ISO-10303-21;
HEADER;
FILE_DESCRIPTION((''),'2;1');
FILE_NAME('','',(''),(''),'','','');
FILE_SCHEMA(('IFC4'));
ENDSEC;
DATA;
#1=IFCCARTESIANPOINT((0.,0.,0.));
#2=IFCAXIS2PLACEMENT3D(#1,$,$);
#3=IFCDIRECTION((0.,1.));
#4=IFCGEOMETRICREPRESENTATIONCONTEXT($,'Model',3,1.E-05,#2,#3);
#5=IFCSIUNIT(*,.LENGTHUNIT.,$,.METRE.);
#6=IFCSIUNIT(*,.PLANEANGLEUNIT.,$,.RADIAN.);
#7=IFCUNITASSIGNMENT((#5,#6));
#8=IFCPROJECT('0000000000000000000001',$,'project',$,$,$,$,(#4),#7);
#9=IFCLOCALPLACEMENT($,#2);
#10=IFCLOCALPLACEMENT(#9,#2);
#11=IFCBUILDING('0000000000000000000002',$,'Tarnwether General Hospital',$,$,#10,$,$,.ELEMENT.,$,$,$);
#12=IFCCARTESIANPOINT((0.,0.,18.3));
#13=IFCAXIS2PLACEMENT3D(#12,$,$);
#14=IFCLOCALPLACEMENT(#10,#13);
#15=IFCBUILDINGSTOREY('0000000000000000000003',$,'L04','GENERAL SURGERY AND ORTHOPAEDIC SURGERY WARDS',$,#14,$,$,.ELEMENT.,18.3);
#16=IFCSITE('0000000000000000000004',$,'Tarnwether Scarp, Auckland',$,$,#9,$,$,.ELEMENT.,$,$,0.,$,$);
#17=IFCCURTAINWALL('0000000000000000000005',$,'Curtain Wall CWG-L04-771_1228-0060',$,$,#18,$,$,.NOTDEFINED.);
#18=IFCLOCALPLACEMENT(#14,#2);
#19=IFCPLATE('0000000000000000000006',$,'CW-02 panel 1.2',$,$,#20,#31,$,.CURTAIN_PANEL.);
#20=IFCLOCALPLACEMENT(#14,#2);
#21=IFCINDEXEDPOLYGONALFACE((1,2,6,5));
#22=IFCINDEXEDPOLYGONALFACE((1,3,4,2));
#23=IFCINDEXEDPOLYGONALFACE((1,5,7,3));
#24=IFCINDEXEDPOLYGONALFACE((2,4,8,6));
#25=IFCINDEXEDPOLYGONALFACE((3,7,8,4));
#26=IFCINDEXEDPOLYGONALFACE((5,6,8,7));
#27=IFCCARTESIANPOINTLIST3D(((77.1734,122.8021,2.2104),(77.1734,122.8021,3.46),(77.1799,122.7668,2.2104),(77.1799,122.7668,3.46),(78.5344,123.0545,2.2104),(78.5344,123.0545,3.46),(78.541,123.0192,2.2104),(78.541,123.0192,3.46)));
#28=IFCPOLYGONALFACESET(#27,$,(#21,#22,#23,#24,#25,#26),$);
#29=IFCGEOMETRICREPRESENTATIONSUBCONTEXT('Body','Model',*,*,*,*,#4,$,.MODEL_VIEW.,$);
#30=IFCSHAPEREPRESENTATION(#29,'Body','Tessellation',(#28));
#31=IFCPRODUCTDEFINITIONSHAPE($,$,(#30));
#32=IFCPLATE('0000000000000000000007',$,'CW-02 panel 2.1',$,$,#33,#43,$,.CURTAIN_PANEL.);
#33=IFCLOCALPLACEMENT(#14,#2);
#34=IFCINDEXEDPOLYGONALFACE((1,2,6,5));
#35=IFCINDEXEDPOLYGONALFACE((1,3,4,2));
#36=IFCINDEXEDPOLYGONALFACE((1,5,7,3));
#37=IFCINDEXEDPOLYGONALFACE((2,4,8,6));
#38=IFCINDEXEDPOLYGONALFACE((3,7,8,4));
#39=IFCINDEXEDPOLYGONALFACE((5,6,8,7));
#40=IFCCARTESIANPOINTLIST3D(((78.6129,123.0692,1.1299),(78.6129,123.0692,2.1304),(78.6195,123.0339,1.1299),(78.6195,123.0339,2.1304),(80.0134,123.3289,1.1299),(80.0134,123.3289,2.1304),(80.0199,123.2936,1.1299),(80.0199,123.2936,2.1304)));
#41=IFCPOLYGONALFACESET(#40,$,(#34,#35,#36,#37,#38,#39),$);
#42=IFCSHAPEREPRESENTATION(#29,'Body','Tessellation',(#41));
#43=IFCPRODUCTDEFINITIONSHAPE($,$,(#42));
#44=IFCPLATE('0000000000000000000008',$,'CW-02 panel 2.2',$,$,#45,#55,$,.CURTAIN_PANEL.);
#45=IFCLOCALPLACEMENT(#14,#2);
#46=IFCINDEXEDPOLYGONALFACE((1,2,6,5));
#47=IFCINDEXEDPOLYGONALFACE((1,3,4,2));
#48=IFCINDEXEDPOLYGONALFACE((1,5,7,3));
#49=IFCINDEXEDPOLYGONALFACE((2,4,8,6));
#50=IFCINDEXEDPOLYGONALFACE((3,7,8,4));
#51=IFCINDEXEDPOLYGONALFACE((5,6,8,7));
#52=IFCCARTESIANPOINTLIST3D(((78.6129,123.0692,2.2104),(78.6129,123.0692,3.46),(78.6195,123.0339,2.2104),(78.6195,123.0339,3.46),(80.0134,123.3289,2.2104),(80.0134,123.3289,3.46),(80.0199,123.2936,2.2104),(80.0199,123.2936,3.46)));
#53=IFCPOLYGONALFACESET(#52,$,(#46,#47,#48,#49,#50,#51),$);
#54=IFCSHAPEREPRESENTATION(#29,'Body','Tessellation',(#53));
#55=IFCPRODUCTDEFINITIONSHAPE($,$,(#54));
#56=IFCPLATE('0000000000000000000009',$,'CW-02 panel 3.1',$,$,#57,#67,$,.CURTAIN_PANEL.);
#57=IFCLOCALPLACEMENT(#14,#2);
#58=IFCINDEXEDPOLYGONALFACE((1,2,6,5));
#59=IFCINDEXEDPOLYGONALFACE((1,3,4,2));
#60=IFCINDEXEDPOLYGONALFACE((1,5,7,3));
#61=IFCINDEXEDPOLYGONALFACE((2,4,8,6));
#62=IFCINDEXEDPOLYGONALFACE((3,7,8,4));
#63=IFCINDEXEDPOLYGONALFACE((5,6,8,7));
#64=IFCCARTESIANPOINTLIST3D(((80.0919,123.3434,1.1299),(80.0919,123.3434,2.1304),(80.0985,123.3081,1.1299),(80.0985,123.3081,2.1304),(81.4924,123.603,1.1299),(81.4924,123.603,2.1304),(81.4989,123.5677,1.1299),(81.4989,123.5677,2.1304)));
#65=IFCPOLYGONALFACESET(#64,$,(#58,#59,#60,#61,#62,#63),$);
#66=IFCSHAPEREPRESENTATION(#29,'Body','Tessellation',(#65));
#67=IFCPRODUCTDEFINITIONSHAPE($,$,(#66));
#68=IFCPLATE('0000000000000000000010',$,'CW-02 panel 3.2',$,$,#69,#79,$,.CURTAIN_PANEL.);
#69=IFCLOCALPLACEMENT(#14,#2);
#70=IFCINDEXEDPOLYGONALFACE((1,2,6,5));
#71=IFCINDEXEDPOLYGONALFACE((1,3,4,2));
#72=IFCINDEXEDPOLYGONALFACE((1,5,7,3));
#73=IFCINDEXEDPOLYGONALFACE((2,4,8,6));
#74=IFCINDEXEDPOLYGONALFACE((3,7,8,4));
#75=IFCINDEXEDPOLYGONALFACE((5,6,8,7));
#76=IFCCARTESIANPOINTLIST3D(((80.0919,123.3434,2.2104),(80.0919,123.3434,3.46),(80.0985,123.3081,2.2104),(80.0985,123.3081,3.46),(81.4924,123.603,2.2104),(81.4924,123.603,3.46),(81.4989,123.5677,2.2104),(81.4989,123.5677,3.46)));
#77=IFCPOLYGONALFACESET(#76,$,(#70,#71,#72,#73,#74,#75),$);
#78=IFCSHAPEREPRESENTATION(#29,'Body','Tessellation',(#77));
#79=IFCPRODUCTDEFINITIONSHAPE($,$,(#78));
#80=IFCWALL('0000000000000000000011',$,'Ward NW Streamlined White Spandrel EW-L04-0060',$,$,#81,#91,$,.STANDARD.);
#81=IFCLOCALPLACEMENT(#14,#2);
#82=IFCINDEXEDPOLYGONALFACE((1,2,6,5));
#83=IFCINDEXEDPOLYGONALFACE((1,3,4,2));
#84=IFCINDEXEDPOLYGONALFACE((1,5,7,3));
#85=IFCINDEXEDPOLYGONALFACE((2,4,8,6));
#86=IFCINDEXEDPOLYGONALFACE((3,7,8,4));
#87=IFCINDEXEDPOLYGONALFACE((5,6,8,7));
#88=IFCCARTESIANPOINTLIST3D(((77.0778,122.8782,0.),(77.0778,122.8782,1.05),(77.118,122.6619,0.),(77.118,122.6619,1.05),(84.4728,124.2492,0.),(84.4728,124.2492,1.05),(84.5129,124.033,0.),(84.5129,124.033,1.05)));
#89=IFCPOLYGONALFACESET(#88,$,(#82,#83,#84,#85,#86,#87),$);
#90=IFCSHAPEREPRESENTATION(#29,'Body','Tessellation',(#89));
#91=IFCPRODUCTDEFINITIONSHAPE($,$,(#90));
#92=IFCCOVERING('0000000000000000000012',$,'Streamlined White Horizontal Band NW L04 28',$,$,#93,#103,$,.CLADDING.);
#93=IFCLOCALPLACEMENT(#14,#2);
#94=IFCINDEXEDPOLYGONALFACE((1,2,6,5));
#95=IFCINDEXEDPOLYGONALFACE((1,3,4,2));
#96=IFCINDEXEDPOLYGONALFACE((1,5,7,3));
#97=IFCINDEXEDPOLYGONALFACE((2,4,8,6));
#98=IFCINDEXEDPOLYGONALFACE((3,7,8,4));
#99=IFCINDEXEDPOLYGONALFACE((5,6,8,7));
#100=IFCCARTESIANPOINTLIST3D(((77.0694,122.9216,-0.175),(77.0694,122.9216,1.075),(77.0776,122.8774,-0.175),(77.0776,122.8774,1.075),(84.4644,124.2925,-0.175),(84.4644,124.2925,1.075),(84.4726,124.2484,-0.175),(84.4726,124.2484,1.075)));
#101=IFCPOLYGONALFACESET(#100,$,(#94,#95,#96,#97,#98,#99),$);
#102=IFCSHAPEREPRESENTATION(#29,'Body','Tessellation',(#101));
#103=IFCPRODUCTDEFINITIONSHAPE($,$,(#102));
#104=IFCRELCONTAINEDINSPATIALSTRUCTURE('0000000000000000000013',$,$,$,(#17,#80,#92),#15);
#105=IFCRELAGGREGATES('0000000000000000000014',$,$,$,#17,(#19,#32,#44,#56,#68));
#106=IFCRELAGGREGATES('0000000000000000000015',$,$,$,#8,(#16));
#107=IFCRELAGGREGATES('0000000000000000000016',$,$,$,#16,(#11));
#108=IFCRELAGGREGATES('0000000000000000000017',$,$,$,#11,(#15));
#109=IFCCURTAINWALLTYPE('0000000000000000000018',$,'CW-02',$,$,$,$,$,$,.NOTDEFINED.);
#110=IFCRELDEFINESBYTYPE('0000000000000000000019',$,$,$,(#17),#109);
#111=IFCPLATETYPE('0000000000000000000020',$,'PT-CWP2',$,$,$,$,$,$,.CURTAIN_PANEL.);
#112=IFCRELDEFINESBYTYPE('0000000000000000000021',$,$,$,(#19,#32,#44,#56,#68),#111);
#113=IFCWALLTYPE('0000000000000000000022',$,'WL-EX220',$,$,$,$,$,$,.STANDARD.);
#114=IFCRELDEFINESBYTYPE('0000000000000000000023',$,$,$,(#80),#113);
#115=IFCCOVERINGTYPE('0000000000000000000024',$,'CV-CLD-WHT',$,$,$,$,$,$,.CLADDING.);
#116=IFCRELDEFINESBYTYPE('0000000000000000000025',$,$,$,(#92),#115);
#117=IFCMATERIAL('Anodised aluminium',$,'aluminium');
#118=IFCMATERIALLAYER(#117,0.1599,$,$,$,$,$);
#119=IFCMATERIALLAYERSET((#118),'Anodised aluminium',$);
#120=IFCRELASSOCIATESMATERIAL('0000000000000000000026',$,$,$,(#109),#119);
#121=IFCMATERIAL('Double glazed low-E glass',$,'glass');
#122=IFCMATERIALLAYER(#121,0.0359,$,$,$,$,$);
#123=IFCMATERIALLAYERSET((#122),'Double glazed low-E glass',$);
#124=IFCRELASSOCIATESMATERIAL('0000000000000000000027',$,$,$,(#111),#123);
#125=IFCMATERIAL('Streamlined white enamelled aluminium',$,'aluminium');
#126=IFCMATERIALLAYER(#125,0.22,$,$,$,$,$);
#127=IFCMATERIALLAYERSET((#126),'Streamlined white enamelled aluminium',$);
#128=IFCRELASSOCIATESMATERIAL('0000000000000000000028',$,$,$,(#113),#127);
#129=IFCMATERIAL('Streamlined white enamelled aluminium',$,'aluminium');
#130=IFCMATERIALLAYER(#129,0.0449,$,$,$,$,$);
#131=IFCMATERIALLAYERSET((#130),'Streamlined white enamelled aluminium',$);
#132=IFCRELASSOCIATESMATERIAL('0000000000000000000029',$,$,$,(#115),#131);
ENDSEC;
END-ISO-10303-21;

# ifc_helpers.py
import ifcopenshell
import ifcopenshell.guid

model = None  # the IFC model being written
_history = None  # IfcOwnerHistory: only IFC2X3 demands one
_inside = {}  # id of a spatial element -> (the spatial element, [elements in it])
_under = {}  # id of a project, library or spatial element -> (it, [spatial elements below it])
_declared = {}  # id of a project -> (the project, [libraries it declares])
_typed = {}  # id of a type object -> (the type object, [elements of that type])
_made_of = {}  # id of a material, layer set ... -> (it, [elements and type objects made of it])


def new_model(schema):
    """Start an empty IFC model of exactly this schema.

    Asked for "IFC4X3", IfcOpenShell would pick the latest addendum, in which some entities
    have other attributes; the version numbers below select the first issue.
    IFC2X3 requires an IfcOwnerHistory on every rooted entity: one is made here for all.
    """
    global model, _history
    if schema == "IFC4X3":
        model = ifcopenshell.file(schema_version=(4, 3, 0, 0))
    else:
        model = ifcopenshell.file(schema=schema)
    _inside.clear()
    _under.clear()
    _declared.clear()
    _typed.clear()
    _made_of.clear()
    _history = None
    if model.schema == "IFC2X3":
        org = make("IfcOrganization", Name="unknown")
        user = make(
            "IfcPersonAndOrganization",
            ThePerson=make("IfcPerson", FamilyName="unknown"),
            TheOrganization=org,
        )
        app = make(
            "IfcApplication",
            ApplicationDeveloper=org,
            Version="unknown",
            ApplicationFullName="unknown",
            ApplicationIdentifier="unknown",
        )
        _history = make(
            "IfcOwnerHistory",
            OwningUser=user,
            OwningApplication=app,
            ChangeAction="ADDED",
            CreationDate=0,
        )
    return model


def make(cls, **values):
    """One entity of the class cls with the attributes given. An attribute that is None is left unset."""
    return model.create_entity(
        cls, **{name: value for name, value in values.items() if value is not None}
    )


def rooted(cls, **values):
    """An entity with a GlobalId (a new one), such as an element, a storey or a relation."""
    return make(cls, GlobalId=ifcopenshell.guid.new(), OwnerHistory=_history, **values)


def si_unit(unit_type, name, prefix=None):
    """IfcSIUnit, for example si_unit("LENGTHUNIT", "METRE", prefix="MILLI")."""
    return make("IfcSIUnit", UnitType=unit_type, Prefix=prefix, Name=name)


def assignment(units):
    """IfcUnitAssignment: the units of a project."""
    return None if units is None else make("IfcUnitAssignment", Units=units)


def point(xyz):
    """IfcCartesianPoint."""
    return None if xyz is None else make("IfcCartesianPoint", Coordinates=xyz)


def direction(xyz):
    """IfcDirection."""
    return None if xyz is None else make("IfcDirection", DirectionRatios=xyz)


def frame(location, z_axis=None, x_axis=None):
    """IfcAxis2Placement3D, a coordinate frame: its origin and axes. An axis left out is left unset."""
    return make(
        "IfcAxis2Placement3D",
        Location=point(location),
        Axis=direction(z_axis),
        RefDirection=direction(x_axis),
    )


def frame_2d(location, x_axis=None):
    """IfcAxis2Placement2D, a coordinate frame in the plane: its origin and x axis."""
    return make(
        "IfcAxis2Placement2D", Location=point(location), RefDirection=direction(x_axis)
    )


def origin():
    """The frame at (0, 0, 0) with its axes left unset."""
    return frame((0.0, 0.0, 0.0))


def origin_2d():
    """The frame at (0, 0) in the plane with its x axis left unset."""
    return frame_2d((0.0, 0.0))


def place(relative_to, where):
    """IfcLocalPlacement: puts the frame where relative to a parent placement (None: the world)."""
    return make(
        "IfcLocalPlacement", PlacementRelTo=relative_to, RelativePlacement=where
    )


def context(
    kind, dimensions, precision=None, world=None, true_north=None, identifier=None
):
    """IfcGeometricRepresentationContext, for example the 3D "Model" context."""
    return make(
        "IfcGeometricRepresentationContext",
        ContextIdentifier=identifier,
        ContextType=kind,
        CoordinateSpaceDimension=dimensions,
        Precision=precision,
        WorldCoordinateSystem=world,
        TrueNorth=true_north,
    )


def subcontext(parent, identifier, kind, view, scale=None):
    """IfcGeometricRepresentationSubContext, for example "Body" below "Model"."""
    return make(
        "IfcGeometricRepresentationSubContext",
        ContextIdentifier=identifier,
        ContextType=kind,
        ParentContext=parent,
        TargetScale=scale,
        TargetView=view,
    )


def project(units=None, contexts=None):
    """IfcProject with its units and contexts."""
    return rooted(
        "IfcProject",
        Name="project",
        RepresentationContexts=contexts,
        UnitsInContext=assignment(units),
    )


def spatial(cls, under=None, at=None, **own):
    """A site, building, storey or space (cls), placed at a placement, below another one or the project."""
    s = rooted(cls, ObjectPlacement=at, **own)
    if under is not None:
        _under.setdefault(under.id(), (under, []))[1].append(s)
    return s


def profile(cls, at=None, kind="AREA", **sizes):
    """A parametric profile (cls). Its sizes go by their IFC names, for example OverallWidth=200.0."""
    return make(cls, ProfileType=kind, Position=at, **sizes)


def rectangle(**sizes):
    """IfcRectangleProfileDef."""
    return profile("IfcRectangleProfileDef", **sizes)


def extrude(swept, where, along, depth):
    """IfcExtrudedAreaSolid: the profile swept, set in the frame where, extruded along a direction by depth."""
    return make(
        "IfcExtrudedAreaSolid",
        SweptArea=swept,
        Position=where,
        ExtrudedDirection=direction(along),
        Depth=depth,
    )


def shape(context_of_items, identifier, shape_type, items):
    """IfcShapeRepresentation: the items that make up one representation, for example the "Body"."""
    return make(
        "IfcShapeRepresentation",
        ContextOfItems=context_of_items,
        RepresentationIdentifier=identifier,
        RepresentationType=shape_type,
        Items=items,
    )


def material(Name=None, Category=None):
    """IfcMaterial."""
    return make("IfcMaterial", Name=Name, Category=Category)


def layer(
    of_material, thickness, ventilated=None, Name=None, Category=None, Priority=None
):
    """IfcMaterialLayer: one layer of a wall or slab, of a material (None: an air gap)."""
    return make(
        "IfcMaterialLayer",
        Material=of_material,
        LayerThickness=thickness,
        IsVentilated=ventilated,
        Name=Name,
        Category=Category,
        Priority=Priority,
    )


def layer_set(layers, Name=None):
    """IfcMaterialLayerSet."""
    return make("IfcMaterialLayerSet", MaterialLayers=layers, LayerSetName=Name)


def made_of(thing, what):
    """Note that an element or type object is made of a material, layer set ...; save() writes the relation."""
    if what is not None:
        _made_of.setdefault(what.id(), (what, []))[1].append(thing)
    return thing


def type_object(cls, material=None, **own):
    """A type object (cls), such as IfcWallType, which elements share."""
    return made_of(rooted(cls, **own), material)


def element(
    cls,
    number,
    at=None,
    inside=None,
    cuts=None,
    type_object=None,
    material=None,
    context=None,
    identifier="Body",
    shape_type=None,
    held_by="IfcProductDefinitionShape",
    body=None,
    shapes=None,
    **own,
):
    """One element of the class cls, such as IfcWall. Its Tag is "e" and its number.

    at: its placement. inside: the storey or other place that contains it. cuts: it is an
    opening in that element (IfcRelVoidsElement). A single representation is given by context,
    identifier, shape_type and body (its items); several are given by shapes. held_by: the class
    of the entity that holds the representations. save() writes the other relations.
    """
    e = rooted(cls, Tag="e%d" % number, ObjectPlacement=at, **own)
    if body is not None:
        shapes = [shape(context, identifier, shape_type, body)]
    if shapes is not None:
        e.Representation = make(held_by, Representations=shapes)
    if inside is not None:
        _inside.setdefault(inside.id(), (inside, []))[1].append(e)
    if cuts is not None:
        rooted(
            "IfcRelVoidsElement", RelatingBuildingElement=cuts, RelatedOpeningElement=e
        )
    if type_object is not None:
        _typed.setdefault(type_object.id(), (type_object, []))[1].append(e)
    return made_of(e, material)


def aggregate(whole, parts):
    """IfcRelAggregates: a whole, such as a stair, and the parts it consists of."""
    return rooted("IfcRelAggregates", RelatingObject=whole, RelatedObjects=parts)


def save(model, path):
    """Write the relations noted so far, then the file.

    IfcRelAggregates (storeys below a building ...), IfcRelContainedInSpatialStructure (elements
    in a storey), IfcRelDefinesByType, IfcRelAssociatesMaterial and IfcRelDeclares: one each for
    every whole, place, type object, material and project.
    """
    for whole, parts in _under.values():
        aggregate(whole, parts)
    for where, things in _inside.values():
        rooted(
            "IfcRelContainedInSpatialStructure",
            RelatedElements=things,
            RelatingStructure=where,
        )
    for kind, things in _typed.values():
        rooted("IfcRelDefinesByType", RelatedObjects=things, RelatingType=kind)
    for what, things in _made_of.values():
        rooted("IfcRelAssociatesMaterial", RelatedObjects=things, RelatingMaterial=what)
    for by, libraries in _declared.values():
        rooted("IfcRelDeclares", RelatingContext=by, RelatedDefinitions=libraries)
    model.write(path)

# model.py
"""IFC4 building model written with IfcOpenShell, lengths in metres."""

from ifc_helpers import new_model, si_unit, direction, frame, frame_2d, origin, origin_2d, place, context, subcontext, project, spatial, rectangle, extrude, material, layer, layer_set, type_object, element, aggregate, save


model = new_model("IFC4")

# Units and contexts
model_context = context("Model", 3, precision=1e-05, world=origin(), true_north=direction((0.0, 1.0)))
body_context = subcontext(model_context, "Body", "Model", "MODEL_VIEW")
ifc_project = project(units=[si_unit("LENGTHUNIT", "METRE"), si_unit("PLANEANGLEUNIT", "RADIAN")], contexts=[model_context])

# Site, building, storey
site_placement = place(None, origin())
site = spatial("IfcSite", under=ifc_project, at=site_placement, Name="Tarnwether Scarp, Auckland", CompositionType="ELEMENT", RefElevation=0.0)
building_placement = place(site_placement, origin())
building = spatial("IfcBuilding", under=site, at=building_placement, Name="Tarnwether General Hospital", CompositionType="ELEMENT")
storey_placement = place(building_placement, frame((0.0, 0.0, 18.3)))
storey = spatial("IfcBuildingStorey", under=building, at=storey_placement, Name="L04", Description="GENERAL SURGERY AND ORTHOPAEDIC SURGERY WARDS", CompositionType="ELEMENT", Elevation=18.3)

# Curtain wall
ifc_material_1 = material(Name="Anodised aluminium", Category="aluminium")
ifc_layer_1 = layer(ifc_material_1, 0.1599)
ifc_layer_set_1 = layer_set([ifc_layer_1], Name="Anodised aluminium")
curtain_wall_type = type_object("IfcCurtainWallType", Name="CW-02", PredefinedType="NOTDEFINED", material=ifc_layer_set_1)
curtain_wall_1_placement = place(storey_placement, origin())
curtain_wall_1 = element("IfcCurtainWall", 1, at=curtain_wall_1_placement, inside=storey, type_object=curtain_wall_type, Name="Curtain Wall CWG-L04-771_1228-0060", PredefinedType="NOTDEFINED")

# Plates
ifc_material_2 = material(Name="Double glazed low-E glass", Category="glass")
ifc_layer_2 = layer(ifc_material_2, 0.0359)
ifc_layer_set_2 = layer_set([ifc_layer_2], Name="Double glazed low-E glass")
plate_type_1 = type_object("IfcPlateType", Name="PT-CWP2", PredefinedType="CURTAIN_PANEL", material=ifc_layer_set_2)
plate_1_placement = place(storey_placement, frame((77.8572, 122.9106, 2.2104), z_axis=(0.0, 0.0, 1.0), x_axis=(0.983245, 0.182289, 0.0)))
plate_1 = element("IfcPlate", 2, at=plate_1_placement, type_object=plate_type_1, Name="CW-02 panel 1.2", PredefinedType="CURTAIN_PANEL", context=body_context, shape_type="SweptSolid", body=[
    extrude(rectangle(XDim=1.3843, YDim=0.0359, at=origin_2d()), origin(), (0.0, 0.0, 1.0), 1.2495),
])
plate_2_placement = place(storey_placement, frame((79.3164, 123.1814, 1.1299), z_axis=(0.0, 0.0, 1.0), x_axis=(0.983245, 0.182289, 0.0)))
plate_2 = element("IfcPlate", 3, at=plate_2_placement, type_object=plate_type_1, Name="CW-02 panel 2.1", PredefinedType="CURTAIN_PANEL", context=body_context, shape_type="SweptSolid", body=[
    extrude(rectangle(XDim=1.4243, YDim=0.0359, at=origin_2d()), origin(), (0.0, 0.0, 1.0), 1.0005),
])
plate_3_placement = place(storey_placement, frame((79.3164, 123.1814, 2.2104), z_axis=(0.0, 0.0, 1.0), x_axis=(0.983245, 0.182289, 0.0)))
plate_3 = element("IfcPlate", 4, at=plate_3_placement, type_object=plate_type_1, Name="CW-02 panel 2.2", PredefinedType="CURTAIN_PANEL", context=body_context, shape_type="SweptSolid", body=[
    extrude(rectangle(XDim=1.4243, YDim=0.0359, at=origin_2d()), origin(), (0.0, 0.0, 1.0), 1.2495),
])
plate_4_placement = place(storey_placement, frame((80.7954, 123.4556, 1.1299), z_axis=(0.0, 0.0, 1.0), x_axis=(0.983245, 0.182289, 0.0)))
plate_4 = element("IfcPlate", 5, at=plate_4_placement, type_object=plate_type_1, Name="CW-02 panel 3.1", PredefinedType="CURTAIN_PANEL", context=body_context, shape_type="SweptSolid", body=[
    extrude(rectangle(XDim=1.4243, YDim=0.0359, at=origin_2d()), origin(), (0.0, 0.0, 1.0), 1.0005),
])
plate_5_placement = place(storey_placement, frame((80.7954, 123.4556, 2.2104), z_axis=(0.0, 0.0, 1.0), x_axis=(0.983245, 0.182289, 0.0)))
plate_5 = element("IfcPlate", 6, at=plate_5_placement, type_object=plate_type_1, Name="CW-02 panel 3.2", PredefinedType="CURTAIN_PANEL", context=body_context, shape_type="SweptSolid", body=[
    extrude(rectangle(XDim=1.4243, YDim=0.0359, at=origin_2d()), origin(), (0.0, 0.0, 1.0), 1.2495),
])
aggregate(curtain_wall_1, [plate_1, plate_2, plate_3, plate_4, plate_5])

# Wall
ifc_material_3 = material(Name="Streamlined white enamelled aluminium", Category="aluminium")
ifc_layer_3 = layer(ifc_material_3, 0.22)
ifc_layer_set_3 = layer_set([ifc_layer_3], Name="Streamlined white enamelled aluminium")
wall_type = type_object("IfcWallType", Name="WL-EX220", PredefinedType="STANDARD", material=ifc_layer_set_3)
wall_placement = place(storey_placement, frame((77.0979, 122.77, 0.0), z_axis=(0.0, 0.0, 1.0), x_axis=(0.983243, 0.182301, 0.0)))
element("IfcWall", 7, at=wall_placement, inside=storey, type_object=wall_type, Name="Ward NW Streamlined White Spandrel EW-L04-0060", PredefinedType="STANDARD", context=body_context, shape_type="SweptSolid", body=[
    extrude(rectangle(XDim=7.521, YDim=0.22, at=frame_2d((3.7605, 0.0))), origin(), (0.0, 0.0, 1.0), 1.05),
])

# Covering
ifc_material_4 = material(Name="Streamlined white enamelled aluminium", Category="aluminium")
ifc_layer_4 = layer(ifc_material_4, 0.0449)
ifc_layer_set_4 = layer_set([ifc_layer_4], Name="Streamlined white enamelled aluminium")
covering_type = type_object("IfcCoveringType", Name="CV-CLD-WHT", PredefinedType="CLADDING", material=ifc_layer_set_4)
covering_placement = place(storey_placement, frame((80.771, 123.585, -0.175), z_axis=(0.0, 0.0, 1.0), x_axis=(0.983245, 0.182287, 0.0)))
element("IfcCovering", 8, at=covering_placement, inside=storey, type_object=covering_type, Name="Streamlined White Horizontal Band NW L04 28", PredefinedType="CLADDING", context=body_context, shape_type="SweptSolid", body=[
    extrude(rectangle(XDim=7.521, YDim=0.0449, at=origin_2d()), origin(), (0.0, 0.0, 1.0), 1.25),
])

save(model, "model.ifc")
